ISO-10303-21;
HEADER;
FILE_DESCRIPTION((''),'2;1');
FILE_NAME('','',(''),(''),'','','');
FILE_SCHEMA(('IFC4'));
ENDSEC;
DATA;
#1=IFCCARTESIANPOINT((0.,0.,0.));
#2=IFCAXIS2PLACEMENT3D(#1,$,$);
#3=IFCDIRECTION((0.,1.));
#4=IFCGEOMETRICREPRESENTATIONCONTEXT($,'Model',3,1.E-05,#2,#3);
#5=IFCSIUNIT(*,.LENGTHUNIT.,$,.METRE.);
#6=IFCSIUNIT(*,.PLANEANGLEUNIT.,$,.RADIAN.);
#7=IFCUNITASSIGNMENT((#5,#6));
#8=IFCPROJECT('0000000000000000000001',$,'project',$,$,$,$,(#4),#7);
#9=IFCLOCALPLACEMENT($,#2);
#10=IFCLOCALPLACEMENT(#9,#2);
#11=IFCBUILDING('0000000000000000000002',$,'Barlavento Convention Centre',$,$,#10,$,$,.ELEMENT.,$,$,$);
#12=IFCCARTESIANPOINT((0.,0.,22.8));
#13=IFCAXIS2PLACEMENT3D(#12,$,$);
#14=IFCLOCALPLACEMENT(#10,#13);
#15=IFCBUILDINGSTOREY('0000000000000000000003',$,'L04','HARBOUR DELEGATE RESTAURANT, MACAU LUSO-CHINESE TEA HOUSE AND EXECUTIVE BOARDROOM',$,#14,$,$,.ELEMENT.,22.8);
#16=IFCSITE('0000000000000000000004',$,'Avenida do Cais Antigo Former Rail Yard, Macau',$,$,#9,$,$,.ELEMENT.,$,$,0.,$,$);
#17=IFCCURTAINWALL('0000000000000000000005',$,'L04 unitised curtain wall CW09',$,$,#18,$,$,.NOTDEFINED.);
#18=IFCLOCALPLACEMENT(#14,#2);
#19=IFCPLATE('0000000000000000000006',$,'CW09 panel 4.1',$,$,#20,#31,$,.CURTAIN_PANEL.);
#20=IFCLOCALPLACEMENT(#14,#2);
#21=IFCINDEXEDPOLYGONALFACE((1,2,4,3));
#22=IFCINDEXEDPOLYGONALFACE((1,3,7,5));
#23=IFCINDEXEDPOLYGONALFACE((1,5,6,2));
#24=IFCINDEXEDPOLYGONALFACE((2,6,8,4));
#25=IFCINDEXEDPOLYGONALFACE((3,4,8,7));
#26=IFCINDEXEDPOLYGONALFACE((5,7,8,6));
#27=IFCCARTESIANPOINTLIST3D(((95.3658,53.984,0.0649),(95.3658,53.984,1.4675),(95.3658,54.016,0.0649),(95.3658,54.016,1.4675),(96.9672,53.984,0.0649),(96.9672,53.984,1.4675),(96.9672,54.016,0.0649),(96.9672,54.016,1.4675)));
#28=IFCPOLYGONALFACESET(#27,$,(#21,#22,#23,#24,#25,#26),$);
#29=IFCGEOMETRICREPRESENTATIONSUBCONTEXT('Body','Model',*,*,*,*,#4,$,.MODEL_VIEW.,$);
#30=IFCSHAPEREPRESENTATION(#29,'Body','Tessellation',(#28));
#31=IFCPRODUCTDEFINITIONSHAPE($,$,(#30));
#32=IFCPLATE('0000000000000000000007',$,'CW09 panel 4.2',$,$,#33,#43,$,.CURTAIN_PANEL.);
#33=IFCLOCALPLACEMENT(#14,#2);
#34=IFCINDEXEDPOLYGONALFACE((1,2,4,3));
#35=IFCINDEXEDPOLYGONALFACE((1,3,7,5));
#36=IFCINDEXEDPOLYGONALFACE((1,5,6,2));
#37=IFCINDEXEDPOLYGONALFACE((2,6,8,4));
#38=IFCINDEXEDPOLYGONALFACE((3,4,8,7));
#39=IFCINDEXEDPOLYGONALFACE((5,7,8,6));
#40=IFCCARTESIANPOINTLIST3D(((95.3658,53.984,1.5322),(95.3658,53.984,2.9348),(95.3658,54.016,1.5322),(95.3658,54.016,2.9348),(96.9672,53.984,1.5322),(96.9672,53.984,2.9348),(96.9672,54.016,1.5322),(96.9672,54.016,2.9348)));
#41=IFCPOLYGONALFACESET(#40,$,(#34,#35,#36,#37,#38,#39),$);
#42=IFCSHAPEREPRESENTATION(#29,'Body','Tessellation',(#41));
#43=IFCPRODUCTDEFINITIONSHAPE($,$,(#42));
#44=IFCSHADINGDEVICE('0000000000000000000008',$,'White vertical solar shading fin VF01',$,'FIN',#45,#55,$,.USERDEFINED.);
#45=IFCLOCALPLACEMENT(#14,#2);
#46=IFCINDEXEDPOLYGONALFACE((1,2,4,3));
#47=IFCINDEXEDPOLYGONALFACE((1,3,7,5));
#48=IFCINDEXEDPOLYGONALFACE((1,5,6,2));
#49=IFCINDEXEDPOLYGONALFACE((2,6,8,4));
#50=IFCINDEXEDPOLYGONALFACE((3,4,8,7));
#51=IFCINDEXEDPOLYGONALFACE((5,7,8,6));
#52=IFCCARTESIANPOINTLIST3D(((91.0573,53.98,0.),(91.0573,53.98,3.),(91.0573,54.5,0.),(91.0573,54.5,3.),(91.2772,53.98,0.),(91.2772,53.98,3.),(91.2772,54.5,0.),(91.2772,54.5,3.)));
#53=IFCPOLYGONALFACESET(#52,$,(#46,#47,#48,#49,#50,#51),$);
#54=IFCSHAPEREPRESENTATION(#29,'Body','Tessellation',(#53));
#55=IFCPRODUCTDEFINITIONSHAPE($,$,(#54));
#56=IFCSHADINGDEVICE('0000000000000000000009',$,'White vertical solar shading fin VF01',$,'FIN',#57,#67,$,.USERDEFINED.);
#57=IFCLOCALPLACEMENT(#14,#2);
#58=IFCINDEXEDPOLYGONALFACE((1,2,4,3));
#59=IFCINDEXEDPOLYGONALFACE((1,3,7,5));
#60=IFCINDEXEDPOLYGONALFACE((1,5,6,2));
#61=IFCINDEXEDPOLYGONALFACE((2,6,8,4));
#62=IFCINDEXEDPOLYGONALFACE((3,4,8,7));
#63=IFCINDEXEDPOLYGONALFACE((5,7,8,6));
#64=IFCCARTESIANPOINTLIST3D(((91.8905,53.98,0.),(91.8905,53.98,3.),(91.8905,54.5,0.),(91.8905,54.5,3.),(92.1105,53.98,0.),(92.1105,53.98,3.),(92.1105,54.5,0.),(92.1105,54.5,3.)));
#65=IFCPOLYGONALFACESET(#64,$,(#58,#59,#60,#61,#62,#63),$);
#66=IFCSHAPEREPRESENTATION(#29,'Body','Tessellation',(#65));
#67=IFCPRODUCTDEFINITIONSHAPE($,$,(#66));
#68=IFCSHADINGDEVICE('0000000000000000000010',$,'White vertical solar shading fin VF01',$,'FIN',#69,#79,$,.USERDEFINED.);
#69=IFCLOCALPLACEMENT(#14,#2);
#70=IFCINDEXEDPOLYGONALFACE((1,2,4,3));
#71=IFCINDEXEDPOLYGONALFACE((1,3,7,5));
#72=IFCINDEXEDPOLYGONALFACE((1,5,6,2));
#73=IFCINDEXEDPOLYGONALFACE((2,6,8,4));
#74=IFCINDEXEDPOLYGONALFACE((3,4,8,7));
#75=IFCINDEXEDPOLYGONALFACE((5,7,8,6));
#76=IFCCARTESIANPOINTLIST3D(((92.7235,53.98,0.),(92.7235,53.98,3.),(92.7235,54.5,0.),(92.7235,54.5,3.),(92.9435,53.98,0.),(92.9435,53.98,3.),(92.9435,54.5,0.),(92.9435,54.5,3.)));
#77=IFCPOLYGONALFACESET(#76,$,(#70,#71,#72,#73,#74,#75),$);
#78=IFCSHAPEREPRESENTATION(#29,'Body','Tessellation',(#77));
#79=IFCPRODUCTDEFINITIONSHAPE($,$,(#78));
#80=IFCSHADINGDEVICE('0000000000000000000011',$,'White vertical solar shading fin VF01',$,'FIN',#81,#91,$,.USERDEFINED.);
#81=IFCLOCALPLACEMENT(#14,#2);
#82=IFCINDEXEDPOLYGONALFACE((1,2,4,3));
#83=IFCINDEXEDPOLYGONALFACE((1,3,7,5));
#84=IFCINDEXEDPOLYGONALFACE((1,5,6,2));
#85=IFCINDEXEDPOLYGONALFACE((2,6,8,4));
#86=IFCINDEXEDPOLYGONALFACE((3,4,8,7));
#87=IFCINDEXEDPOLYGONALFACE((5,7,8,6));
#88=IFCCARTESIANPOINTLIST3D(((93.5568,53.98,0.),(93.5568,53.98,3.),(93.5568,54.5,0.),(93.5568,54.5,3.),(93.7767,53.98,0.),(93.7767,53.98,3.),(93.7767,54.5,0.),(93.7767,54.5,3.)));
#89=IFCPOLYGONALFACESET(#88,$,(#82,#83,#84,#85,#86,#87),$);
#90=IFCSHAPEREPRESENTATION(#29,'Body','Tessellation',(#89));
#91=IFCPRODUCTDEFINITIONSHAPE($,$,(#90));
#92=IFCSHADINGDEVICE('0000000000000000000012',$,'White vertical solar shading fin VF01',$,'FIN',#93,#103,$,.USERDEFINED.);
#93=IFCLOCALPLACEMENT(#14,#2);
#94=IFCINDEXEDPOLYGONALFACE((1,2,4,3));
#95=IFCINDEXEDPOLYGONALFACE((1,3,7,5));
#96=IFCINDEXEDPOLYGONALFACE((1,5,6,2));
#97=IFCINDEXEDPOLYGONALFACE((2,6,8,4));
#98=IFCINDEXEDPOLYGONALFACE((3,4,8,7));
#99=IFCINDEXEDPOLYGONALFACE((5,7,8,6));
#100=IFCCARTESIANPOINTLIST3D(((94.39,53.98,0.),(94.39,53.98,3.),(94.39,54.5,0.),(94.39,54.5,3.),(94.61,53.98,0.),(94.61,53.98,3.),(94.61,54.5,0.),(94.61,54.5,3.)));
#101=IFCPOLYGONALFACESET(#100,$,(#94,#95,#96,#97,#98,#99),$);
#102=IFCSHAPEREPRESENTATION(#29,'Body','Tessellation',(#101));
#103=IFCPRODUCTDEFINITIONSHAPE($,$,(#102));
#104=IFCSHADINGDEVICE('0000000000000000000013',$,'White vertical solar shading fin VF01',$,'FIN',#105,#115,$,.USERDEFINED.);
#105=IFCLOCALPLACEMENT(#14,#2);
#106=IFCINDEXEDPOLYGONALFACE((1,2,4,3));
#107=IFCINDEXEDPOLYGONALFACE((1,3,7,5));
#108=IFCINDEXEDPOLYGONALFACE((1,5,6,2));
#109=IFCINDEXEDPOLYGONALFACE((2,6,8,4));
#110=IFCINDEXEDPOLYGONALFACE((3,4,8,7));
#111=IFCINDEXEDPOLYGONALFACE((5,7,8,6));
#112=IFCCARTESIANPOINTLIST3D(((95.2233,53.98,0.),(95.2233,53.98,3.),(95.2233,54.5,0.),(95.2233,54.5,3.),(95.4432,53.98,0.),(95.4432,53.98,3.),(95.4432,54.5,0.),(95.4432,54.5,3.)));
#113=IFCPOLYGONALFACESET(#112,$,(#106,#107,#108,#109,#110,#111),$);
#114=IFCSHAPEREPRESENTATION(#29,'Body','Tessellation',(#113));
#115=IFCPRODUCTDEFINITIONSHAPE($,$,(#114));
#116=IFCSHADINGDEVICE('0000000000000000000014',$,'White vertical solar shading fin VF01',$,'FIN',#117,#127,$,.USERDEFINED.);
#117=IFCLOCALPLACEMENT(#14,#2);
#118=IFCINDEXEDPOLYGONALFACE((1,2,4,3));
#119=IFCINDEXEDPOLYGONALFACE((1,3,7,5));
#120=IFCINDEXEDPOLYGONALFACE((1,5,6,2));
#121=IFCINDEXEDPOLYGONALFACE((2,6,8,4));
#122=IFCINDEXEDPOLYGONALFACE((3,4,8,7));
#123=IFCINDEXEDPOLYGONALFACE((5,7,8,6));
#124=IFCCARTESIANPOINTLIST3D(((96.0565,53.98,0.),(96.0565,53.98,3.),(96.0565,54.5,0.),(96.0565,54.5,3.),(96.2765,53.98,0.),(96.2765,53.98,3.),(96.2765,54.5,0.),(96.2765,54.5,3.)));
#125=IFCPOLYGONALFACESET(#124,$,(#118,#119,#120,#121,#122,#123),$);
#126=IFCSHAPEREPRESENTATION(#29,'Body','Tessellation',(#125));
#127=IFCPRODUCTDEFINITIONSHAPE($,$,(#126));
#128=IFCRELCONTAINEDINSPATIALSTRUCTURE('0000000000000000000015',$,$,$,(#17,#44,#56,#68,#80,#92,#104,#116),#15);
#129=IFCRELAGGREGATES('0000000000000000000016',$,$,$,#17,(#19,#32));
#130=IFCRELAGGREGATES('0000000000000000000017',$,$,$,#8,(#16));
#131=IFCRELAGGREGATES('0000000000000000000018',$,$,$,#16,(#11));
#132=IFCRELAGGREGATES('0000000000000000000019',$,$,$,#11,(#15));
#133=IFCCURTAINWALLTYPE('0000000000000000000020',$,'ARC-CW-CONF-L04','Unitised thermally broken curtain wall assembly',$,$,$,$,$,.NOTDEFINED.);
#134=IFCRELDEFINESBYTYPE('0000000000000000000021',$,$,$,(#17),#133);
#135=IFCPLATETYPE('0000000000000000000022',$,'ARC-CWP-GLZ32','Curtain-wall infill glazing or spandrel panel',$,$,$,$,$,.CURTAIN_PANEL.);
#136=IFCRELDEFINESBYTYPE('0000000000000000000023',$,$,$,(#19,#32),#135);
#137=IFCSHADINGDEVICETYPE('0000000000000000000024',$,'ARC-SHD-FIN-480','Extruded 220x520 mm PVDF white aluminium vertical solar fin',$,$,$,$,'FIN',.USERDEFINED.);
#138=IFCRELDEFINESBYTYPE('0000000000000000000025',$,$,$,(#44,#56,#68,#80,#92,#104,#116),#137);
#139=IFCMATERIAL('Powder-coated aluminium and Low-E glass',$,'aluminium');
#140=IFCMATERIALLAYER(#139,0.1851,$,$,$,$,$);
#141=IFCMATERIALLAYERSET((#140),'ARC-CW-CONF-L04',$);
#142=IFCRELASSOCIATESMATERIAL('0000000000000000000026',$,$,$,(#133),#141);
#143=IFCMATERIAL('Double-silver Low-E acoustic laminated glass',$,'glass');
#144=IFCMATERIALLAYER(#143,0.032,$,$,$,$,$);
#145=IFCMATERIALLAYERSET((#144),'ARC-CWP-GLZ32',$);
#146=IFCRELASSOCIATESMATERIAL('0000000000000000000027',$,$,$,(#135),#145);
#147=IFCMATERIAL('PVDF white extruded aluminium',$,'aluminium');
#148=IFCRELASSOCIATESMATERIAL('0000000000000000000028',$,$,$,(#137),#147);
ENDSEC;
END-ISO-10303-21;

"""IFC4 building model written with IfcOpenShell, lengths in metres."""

from ifc_helpers import new_model, si_unit, direction, frame, origin, origin_2d, place, context, subcontext, project, spatial, rectangle, extrude, material, layer, layer_set, type_object, element, aggregate, save


model = new_model("IFC4")

# Units and contexts
model_context = context("Model", 3, precision=1e-05, world=origin(), true_north=direction((0.0, 1.0)))
body_context = subcontext(model_context, "Body", "Model", "MODEL_VIEW")
ifc_project = project(units=[si_unit("LENGTHUNIT", "METRE"), si_unit("PLANEANGLEUNIT", "RADIAN")], contexts=[model_context])

# Site, building, storey
site_placement = place(None, origin())
site = spatial("IfcSite", under=ifc_project, at=site_placement, Name="Avenida do Cais Antigo Former Rail Yard, Macau", CompositionType="ELEMENT", RefElevation=0.0)
building_placement = place(site_placement, origin())
building = spatial("IfcBuilding", under=site, at=building_placement, Name="Barlavento Convention Centre", CompositionType="ELEMENT")
storey_placement = place(building_placement, frame((0.0, 0.0, 22.8)))
storey = spatial("IfcBuildingStorey", under=building, at=storey_placement, Name="L04", Description="HARBOUR DELEGATE RESTAURANT, MACAU LUSO-CHINESE TEA HOUSE AND EXECUTIVE BOARDROOM", CompositionType="ELEMENT", Elevation=22.8)

# Curtain wall, plates
ifc_material_1 = material(Name="Powder-coated aluminium and Low-E glass", Category="aluminium")
ifc_layer_1 = layer(ifc_material_1, 0.1851)
ifc_layer_set_1 = layer_set([ifc_layer_1], Name="ARC-CW-CONF-L04")
curtain_wall_type = type_object("IfcCurtainWallType", Name="ARC-CW-CONF-L04", Description="Unitised thermally broken curtain wall assembly", PredefinedType="NOTDEFINED", material=ifc_layer_set_1)
curtain_wall_placement = place(storey_placement, origin())
curtain_wall = element("IfcCurtainWall", 1, at=curtain_wall_placement, inside=storey, type_object=curtain_wall_type, Name="L04 unitised curtain wall CW09", PredefinedType="NOTDEFINED")
ifc_material_2 = material(Name="Double-silver Low-E acoustic laminated glass", Category="glass")
ifc_layer_2 = layer(ifc_material_2, 0.032)
ifc_layer_set_2 = layer_set([ifc_layer_2], Name="ARC-CWP-GLZ32")
plate_type = type_object("IfcPlateType", Name="ARC-CWP-GLZ32", Description="Curtain-wall infill glazing or spandrel panel", PredefinedType="CURTAIN_PANEL", material=ifc_layer_set_2)
plate_1_placement = place(storey_placement, frame((96.1665, 54.0, 0.0649), z_axis=(0.0, 0.0, 1.0), x_axis=(1.0, 0.0, 0.0)))
plate_1 = element("IfcPlate", 2, at=plate_1_placement, type_object=plate_type, Name="CW09 panel 4.1", PredefinedType="CURTAIN_PANEL", context=body_context, shape_type="SweptSolid", body=[
    extrude(rectangle(XDim=1.6013, YDim=0.032, at=origin_2d()), origin(), (0.0, 0.0, 1.0), 1.4026),
])
plate_2_placement = place(storey_placement, frame((96.1665, 54.0, 1.5322), z_axis=(0.0, 0.0, 1.0), x_axis=(1.0, 0.0, 0.0)))
plate_2 = element("IfcPlate", 3, at=plate_2_placement, type_object=plate_type, Name="CW09 panel 4.2", PredefinedType="CURTAIN_PANEL", context=body_context, shape_type="SweptSolid", body=[
    extrude(rectangle(XDim=1.6013, YDim=0.032, at=origin_2d()), origin(), (0.0, 0.0, 1.0), 1.4026),
])
aggregate(curtain_wall, [plate_1, plate_2])

# Shading devices
ifc_material_3 = material(Name="PVDF white extruded aluminium", Category="aluminium")
shading_device_type = type_object("IfcShadingDeviceType", Name="ARC-SHD-FIN-480", Description="Extruded 220x520 mm PVDF white aluminium vertical solar fin", ElementType="FIN", PredefinedType="USERDEFINED", material=ifc_material_3)
for number, where, z_axis, x_axis, name in (
    (4, (91.1672, 54.24, 0.0), (0.0, 0.0, 1.0), (1.0, 0.0, 0.0), "White vertical solar shading fin VF01"),
    (5, (92.0005, 54.24, 0.0), (0.0, 0.0, 1.0), (1.0, 0.0, 0.0), "White vertical solar shading fin VF01"),
    (6, (92.8335, 54.24, 0.0), (0.0, 0.0, 1.0), (1.0, 0.0, 0.0), "White vertical solar shading fin VF01"),
    (7, (93.6667, 54.24, 0.0), (0.0, 0.0, 1.0), (1.0, 0.0, 0.0), "White vertical solar shading fin VF01"),
    (8, (94.5, 54.24, 0.0), (0.0, 0.0, 1.0), (1.0, 0.0, 0.0), "White vertical solar shading fin VF01"),
    (9, (95.3333, 54.24, 0.0), (0.0, 0.0, 1.0), (1.0, 0.0, 0.0), "White vertical solar shading fin VF01"),
    (10, (96.1665, 54.24, 0.0), (0.0, 0.0, 1.0), (1.0, 0.0, 0.0), "White vertical solar shading fin VF01"),
):
    element("IfcShadingDevice", number, at=place(storey_placement, frame(where, z_axis=z_axis, x_axis=x_axis)), inside=storey, type_object=shading_device_type, Name=name, ObjectType="FIN", PredefinedType="USERDEFINED", context=body_context, shape_type="SweptSolid", body=[
        extrude(rectangle(XDim=0.22, YDim=0.52, at=origin_2d()), origin(), (0.0, 0.0, 1.0), 3.0),
    ])

save(model, "model.ifc")
